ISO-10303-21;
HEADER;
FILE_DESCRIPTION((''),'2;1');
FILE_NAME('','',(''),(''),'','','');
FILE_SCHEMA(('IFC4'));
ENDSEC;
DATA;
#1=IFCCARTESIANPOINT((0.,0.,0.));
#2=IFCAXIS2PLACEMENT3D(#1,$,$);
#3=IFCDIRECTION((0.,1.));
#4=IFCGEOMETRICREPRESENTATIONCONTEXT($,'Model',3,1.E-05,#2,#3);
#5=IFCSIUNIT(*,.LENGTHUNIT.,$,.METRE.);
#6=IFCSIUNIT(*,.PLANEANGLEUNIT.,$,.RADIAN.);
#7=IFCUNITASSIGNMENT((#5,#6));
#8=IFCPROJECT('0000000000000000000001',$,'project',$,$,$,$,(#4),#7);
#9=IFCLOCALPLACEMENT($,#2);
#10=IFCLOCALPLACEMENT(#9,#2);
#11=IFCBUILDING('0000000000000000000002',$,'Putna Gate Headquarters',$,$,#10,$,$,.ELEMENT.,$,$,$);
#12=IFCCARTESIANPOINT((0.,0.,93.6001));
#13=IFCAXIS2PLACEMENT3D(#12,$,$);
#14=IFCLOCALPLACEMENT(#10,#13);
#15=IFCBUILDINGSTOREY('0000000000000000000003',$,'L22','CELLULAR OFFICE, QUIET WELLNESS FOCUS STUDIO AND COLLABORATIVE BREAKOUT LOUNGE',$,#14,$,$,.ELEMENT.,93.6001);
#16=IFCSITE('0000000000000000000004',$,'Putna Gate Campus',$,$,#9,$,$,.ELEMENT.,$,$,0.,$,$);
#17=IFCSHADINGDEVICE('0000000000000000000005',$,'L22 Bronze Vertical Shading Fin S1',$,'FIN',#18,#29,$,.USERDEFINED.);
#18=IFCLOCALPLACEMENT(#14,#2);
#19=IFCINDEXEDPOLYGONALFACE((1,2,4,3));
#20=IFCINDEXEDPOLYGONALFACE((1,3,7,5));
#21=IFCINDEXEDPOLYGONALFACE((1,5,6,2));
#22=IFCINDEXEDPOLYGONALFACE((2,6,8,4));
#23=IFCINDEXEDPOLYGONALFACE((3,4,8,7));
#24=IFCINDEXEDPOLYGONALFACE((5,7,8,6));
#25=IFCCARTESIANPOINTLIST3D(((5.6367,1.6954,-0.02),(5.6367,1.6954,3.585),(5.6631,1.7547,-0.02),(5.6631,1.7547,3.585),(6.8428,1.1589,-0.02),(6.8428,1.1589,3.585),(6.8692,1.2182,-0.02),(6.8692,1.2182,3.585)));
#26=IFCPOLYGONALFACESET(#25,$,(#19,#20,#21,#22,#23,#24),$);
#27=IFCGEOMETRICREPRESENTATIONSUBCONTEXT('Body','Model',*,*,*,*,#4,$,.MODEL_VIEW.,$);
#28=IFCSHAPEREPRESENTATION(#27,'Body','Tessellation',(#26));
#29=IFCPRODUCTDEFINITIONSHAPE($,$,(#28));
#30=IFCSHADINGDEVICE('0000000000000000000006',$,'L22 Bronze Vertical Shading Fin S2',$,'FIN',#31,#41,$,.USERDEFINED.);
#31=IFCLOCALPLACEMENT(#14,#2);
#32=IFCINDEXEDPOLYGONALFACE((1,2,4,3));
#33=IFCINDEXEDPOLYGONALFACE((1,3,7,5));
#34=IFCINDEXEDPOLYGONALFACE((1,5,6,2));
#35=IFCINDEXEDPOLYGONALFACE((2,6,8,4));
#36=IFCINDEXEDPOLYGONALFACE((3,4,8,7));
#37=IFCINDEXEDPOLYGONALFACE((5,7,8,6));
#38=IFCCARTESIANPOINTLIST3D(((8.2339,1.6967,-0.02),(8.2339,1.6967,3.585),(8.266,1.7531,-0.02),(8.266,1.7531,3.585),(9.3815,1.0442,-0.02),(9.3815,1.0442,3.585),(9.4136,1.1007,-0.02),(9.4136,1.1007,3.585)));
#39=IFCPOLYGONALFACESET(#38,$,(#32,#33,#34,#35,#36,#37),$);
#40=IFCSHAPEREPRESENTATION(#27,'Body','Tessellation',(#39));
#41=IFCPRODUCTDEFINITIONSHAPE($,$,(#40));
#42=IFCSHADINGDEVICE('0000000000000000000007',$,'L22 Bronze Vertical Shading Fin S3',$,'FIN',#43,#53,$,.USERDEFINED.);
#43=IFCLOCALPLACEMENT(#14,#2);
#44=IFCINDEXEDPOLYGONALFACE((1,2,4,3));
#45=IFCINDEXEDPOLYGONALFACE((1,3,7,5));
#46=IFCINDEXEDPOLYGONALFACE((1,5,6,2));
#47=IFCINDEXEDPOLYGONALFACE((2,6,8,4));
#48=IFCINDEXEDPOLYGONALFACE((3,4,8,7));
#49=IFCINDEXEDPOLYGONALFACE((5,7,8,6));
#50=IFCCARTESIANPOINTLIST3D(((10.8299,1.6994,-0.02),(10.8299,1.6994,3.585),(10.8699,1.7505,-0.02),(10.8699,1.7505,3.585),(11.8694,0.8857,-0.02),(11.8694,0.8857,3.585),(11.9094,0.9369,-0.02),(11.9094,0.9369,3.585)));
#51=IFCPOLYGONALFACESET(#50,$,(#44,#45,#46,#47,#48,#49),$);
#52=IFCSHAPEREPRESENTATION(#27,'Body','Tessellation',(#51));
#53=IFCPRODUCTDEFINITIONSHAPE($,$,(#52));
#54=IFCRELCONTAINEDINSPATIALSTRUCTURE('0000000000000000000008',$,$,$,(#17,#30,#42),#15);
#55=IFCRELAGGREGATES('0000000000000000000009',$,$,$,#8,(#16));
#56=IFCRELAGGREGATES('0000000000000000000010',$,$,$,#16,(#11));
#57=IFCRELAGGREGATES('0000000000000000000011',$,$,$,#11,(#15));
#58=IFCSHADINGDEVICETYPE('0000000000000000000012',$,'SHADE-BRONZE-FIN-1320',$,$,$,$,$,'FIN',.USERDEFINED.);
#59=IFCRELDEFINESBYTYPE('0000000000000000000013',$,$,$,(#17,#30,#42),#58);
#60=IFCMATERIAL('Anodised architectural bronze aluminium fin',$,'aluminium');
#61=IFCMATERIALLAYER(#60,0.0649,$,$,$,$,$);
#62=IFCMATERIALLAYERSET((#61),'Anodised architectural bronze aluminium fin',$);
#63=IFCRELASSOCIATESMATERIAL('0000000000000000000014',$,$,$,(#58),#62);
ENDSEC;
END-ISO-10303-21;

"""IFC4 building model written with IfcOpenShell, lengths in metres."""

from ifc_helpers import new_model, si_unit, direction, frame, origin, origin_2d, place, context, subcontext, project, spatial, rectangle, extrude, material, layer, layer_set, type_object, element, save


model = new_model("IFC4")

# Units and contexts
model_context = context("Model", 3, precision=1e-05, world=origin(), true_north=direction((0.0, 1.0)))
body_context = subcontext(model_context, "Body", "Model", "MODEL_VIEW")
ifc_project = project(units=[si_unit("LENGTHUNIT", "METRE"), si_unit("PLANEANGLEUNIT", "RADIAN")], contexts=[model_context])

# Site, building, storey
site_placement = place(None, origin())
site = spatial("IfcSite", under=ifc_project, at=site_placement, Name="Putna Gate Campus", CompositionType="ELEMENT", RefElevation=0.0)
building_placement = place(site_placement, origin())
building = spatial("IfcBuilding", under=site, at=building_placement, Name="Putna Gate Headquarters", CompositionType="ELEMENT")
storey_placement = place(building_placement, frame((0.0, 0.0, 93.6001)))
storey = spatial("IfcBuildingStorey", under=building, at=storey_placement, Name="L22", Description="CELLULAR OFFICE, QUIET WELLNESS FOCUS STUDIO AND COLLABORATIVE BREAKOUT LOUNGE", CompositionType="ELEMENT", Elevation=93.6001)

# Shading devices
ifc_material_1 = material(Name="Anodised architectural bronze aluminium fin", Category="aluminium")
ifc_layer_1 = layer(ifc_material_1, 0.0649)
ifc_layer_set_1 = layer_set([ifc_layer_1], Name="Anodised architectural bronze aluminium fin")
shading_device_type = type_object("IfcShadingDeviceType", Name="SHADE-BRONZE-FIN-1320", ElementType="FIN", PredefinedType="USERDEFINED", material=ifc_layer_set_1)
for number, where, z_axis, x_axis, name in (
    (1, (6.2529, 1.4568, -0.02), (0.0, 0.0, 1.0), (0.913687, -0.406418, 0.0), "L22 Bronze Vertical Shading Fin S1"),
    (2, (8.8237, 1.3987, -0.02), (0.0, 0.0, 1.0), (0.869322, -0.494245, 0.0), "L22 Bronze Vertical Shading Fin S2"),
    (3, (11.3696, 1.3181, -0.02), (0.0, 0.0, 1.0), (0.787473, -0.616349, 0.0), "L22 Bronze Vertical Shading Fin S3"),
):
    element("IfcShadingDevice", number, at=place(storey_placement, frame(where, z_axis=z_axis, x_axis=x_axis)), inside=storey, type_object=shading_device_type, Name=name, ObjectType="FIN", PredefinedType="USERDEFINED", context=body_context, shape_type="SweptSolid", body=[
        extrude(rectangle(XDim=1.3201, YDim=0.0649, at=origin_2d()), origin(), (0.0, 0.0, 1.0), 3.605),
    ])

save(model, "model.ifc")
